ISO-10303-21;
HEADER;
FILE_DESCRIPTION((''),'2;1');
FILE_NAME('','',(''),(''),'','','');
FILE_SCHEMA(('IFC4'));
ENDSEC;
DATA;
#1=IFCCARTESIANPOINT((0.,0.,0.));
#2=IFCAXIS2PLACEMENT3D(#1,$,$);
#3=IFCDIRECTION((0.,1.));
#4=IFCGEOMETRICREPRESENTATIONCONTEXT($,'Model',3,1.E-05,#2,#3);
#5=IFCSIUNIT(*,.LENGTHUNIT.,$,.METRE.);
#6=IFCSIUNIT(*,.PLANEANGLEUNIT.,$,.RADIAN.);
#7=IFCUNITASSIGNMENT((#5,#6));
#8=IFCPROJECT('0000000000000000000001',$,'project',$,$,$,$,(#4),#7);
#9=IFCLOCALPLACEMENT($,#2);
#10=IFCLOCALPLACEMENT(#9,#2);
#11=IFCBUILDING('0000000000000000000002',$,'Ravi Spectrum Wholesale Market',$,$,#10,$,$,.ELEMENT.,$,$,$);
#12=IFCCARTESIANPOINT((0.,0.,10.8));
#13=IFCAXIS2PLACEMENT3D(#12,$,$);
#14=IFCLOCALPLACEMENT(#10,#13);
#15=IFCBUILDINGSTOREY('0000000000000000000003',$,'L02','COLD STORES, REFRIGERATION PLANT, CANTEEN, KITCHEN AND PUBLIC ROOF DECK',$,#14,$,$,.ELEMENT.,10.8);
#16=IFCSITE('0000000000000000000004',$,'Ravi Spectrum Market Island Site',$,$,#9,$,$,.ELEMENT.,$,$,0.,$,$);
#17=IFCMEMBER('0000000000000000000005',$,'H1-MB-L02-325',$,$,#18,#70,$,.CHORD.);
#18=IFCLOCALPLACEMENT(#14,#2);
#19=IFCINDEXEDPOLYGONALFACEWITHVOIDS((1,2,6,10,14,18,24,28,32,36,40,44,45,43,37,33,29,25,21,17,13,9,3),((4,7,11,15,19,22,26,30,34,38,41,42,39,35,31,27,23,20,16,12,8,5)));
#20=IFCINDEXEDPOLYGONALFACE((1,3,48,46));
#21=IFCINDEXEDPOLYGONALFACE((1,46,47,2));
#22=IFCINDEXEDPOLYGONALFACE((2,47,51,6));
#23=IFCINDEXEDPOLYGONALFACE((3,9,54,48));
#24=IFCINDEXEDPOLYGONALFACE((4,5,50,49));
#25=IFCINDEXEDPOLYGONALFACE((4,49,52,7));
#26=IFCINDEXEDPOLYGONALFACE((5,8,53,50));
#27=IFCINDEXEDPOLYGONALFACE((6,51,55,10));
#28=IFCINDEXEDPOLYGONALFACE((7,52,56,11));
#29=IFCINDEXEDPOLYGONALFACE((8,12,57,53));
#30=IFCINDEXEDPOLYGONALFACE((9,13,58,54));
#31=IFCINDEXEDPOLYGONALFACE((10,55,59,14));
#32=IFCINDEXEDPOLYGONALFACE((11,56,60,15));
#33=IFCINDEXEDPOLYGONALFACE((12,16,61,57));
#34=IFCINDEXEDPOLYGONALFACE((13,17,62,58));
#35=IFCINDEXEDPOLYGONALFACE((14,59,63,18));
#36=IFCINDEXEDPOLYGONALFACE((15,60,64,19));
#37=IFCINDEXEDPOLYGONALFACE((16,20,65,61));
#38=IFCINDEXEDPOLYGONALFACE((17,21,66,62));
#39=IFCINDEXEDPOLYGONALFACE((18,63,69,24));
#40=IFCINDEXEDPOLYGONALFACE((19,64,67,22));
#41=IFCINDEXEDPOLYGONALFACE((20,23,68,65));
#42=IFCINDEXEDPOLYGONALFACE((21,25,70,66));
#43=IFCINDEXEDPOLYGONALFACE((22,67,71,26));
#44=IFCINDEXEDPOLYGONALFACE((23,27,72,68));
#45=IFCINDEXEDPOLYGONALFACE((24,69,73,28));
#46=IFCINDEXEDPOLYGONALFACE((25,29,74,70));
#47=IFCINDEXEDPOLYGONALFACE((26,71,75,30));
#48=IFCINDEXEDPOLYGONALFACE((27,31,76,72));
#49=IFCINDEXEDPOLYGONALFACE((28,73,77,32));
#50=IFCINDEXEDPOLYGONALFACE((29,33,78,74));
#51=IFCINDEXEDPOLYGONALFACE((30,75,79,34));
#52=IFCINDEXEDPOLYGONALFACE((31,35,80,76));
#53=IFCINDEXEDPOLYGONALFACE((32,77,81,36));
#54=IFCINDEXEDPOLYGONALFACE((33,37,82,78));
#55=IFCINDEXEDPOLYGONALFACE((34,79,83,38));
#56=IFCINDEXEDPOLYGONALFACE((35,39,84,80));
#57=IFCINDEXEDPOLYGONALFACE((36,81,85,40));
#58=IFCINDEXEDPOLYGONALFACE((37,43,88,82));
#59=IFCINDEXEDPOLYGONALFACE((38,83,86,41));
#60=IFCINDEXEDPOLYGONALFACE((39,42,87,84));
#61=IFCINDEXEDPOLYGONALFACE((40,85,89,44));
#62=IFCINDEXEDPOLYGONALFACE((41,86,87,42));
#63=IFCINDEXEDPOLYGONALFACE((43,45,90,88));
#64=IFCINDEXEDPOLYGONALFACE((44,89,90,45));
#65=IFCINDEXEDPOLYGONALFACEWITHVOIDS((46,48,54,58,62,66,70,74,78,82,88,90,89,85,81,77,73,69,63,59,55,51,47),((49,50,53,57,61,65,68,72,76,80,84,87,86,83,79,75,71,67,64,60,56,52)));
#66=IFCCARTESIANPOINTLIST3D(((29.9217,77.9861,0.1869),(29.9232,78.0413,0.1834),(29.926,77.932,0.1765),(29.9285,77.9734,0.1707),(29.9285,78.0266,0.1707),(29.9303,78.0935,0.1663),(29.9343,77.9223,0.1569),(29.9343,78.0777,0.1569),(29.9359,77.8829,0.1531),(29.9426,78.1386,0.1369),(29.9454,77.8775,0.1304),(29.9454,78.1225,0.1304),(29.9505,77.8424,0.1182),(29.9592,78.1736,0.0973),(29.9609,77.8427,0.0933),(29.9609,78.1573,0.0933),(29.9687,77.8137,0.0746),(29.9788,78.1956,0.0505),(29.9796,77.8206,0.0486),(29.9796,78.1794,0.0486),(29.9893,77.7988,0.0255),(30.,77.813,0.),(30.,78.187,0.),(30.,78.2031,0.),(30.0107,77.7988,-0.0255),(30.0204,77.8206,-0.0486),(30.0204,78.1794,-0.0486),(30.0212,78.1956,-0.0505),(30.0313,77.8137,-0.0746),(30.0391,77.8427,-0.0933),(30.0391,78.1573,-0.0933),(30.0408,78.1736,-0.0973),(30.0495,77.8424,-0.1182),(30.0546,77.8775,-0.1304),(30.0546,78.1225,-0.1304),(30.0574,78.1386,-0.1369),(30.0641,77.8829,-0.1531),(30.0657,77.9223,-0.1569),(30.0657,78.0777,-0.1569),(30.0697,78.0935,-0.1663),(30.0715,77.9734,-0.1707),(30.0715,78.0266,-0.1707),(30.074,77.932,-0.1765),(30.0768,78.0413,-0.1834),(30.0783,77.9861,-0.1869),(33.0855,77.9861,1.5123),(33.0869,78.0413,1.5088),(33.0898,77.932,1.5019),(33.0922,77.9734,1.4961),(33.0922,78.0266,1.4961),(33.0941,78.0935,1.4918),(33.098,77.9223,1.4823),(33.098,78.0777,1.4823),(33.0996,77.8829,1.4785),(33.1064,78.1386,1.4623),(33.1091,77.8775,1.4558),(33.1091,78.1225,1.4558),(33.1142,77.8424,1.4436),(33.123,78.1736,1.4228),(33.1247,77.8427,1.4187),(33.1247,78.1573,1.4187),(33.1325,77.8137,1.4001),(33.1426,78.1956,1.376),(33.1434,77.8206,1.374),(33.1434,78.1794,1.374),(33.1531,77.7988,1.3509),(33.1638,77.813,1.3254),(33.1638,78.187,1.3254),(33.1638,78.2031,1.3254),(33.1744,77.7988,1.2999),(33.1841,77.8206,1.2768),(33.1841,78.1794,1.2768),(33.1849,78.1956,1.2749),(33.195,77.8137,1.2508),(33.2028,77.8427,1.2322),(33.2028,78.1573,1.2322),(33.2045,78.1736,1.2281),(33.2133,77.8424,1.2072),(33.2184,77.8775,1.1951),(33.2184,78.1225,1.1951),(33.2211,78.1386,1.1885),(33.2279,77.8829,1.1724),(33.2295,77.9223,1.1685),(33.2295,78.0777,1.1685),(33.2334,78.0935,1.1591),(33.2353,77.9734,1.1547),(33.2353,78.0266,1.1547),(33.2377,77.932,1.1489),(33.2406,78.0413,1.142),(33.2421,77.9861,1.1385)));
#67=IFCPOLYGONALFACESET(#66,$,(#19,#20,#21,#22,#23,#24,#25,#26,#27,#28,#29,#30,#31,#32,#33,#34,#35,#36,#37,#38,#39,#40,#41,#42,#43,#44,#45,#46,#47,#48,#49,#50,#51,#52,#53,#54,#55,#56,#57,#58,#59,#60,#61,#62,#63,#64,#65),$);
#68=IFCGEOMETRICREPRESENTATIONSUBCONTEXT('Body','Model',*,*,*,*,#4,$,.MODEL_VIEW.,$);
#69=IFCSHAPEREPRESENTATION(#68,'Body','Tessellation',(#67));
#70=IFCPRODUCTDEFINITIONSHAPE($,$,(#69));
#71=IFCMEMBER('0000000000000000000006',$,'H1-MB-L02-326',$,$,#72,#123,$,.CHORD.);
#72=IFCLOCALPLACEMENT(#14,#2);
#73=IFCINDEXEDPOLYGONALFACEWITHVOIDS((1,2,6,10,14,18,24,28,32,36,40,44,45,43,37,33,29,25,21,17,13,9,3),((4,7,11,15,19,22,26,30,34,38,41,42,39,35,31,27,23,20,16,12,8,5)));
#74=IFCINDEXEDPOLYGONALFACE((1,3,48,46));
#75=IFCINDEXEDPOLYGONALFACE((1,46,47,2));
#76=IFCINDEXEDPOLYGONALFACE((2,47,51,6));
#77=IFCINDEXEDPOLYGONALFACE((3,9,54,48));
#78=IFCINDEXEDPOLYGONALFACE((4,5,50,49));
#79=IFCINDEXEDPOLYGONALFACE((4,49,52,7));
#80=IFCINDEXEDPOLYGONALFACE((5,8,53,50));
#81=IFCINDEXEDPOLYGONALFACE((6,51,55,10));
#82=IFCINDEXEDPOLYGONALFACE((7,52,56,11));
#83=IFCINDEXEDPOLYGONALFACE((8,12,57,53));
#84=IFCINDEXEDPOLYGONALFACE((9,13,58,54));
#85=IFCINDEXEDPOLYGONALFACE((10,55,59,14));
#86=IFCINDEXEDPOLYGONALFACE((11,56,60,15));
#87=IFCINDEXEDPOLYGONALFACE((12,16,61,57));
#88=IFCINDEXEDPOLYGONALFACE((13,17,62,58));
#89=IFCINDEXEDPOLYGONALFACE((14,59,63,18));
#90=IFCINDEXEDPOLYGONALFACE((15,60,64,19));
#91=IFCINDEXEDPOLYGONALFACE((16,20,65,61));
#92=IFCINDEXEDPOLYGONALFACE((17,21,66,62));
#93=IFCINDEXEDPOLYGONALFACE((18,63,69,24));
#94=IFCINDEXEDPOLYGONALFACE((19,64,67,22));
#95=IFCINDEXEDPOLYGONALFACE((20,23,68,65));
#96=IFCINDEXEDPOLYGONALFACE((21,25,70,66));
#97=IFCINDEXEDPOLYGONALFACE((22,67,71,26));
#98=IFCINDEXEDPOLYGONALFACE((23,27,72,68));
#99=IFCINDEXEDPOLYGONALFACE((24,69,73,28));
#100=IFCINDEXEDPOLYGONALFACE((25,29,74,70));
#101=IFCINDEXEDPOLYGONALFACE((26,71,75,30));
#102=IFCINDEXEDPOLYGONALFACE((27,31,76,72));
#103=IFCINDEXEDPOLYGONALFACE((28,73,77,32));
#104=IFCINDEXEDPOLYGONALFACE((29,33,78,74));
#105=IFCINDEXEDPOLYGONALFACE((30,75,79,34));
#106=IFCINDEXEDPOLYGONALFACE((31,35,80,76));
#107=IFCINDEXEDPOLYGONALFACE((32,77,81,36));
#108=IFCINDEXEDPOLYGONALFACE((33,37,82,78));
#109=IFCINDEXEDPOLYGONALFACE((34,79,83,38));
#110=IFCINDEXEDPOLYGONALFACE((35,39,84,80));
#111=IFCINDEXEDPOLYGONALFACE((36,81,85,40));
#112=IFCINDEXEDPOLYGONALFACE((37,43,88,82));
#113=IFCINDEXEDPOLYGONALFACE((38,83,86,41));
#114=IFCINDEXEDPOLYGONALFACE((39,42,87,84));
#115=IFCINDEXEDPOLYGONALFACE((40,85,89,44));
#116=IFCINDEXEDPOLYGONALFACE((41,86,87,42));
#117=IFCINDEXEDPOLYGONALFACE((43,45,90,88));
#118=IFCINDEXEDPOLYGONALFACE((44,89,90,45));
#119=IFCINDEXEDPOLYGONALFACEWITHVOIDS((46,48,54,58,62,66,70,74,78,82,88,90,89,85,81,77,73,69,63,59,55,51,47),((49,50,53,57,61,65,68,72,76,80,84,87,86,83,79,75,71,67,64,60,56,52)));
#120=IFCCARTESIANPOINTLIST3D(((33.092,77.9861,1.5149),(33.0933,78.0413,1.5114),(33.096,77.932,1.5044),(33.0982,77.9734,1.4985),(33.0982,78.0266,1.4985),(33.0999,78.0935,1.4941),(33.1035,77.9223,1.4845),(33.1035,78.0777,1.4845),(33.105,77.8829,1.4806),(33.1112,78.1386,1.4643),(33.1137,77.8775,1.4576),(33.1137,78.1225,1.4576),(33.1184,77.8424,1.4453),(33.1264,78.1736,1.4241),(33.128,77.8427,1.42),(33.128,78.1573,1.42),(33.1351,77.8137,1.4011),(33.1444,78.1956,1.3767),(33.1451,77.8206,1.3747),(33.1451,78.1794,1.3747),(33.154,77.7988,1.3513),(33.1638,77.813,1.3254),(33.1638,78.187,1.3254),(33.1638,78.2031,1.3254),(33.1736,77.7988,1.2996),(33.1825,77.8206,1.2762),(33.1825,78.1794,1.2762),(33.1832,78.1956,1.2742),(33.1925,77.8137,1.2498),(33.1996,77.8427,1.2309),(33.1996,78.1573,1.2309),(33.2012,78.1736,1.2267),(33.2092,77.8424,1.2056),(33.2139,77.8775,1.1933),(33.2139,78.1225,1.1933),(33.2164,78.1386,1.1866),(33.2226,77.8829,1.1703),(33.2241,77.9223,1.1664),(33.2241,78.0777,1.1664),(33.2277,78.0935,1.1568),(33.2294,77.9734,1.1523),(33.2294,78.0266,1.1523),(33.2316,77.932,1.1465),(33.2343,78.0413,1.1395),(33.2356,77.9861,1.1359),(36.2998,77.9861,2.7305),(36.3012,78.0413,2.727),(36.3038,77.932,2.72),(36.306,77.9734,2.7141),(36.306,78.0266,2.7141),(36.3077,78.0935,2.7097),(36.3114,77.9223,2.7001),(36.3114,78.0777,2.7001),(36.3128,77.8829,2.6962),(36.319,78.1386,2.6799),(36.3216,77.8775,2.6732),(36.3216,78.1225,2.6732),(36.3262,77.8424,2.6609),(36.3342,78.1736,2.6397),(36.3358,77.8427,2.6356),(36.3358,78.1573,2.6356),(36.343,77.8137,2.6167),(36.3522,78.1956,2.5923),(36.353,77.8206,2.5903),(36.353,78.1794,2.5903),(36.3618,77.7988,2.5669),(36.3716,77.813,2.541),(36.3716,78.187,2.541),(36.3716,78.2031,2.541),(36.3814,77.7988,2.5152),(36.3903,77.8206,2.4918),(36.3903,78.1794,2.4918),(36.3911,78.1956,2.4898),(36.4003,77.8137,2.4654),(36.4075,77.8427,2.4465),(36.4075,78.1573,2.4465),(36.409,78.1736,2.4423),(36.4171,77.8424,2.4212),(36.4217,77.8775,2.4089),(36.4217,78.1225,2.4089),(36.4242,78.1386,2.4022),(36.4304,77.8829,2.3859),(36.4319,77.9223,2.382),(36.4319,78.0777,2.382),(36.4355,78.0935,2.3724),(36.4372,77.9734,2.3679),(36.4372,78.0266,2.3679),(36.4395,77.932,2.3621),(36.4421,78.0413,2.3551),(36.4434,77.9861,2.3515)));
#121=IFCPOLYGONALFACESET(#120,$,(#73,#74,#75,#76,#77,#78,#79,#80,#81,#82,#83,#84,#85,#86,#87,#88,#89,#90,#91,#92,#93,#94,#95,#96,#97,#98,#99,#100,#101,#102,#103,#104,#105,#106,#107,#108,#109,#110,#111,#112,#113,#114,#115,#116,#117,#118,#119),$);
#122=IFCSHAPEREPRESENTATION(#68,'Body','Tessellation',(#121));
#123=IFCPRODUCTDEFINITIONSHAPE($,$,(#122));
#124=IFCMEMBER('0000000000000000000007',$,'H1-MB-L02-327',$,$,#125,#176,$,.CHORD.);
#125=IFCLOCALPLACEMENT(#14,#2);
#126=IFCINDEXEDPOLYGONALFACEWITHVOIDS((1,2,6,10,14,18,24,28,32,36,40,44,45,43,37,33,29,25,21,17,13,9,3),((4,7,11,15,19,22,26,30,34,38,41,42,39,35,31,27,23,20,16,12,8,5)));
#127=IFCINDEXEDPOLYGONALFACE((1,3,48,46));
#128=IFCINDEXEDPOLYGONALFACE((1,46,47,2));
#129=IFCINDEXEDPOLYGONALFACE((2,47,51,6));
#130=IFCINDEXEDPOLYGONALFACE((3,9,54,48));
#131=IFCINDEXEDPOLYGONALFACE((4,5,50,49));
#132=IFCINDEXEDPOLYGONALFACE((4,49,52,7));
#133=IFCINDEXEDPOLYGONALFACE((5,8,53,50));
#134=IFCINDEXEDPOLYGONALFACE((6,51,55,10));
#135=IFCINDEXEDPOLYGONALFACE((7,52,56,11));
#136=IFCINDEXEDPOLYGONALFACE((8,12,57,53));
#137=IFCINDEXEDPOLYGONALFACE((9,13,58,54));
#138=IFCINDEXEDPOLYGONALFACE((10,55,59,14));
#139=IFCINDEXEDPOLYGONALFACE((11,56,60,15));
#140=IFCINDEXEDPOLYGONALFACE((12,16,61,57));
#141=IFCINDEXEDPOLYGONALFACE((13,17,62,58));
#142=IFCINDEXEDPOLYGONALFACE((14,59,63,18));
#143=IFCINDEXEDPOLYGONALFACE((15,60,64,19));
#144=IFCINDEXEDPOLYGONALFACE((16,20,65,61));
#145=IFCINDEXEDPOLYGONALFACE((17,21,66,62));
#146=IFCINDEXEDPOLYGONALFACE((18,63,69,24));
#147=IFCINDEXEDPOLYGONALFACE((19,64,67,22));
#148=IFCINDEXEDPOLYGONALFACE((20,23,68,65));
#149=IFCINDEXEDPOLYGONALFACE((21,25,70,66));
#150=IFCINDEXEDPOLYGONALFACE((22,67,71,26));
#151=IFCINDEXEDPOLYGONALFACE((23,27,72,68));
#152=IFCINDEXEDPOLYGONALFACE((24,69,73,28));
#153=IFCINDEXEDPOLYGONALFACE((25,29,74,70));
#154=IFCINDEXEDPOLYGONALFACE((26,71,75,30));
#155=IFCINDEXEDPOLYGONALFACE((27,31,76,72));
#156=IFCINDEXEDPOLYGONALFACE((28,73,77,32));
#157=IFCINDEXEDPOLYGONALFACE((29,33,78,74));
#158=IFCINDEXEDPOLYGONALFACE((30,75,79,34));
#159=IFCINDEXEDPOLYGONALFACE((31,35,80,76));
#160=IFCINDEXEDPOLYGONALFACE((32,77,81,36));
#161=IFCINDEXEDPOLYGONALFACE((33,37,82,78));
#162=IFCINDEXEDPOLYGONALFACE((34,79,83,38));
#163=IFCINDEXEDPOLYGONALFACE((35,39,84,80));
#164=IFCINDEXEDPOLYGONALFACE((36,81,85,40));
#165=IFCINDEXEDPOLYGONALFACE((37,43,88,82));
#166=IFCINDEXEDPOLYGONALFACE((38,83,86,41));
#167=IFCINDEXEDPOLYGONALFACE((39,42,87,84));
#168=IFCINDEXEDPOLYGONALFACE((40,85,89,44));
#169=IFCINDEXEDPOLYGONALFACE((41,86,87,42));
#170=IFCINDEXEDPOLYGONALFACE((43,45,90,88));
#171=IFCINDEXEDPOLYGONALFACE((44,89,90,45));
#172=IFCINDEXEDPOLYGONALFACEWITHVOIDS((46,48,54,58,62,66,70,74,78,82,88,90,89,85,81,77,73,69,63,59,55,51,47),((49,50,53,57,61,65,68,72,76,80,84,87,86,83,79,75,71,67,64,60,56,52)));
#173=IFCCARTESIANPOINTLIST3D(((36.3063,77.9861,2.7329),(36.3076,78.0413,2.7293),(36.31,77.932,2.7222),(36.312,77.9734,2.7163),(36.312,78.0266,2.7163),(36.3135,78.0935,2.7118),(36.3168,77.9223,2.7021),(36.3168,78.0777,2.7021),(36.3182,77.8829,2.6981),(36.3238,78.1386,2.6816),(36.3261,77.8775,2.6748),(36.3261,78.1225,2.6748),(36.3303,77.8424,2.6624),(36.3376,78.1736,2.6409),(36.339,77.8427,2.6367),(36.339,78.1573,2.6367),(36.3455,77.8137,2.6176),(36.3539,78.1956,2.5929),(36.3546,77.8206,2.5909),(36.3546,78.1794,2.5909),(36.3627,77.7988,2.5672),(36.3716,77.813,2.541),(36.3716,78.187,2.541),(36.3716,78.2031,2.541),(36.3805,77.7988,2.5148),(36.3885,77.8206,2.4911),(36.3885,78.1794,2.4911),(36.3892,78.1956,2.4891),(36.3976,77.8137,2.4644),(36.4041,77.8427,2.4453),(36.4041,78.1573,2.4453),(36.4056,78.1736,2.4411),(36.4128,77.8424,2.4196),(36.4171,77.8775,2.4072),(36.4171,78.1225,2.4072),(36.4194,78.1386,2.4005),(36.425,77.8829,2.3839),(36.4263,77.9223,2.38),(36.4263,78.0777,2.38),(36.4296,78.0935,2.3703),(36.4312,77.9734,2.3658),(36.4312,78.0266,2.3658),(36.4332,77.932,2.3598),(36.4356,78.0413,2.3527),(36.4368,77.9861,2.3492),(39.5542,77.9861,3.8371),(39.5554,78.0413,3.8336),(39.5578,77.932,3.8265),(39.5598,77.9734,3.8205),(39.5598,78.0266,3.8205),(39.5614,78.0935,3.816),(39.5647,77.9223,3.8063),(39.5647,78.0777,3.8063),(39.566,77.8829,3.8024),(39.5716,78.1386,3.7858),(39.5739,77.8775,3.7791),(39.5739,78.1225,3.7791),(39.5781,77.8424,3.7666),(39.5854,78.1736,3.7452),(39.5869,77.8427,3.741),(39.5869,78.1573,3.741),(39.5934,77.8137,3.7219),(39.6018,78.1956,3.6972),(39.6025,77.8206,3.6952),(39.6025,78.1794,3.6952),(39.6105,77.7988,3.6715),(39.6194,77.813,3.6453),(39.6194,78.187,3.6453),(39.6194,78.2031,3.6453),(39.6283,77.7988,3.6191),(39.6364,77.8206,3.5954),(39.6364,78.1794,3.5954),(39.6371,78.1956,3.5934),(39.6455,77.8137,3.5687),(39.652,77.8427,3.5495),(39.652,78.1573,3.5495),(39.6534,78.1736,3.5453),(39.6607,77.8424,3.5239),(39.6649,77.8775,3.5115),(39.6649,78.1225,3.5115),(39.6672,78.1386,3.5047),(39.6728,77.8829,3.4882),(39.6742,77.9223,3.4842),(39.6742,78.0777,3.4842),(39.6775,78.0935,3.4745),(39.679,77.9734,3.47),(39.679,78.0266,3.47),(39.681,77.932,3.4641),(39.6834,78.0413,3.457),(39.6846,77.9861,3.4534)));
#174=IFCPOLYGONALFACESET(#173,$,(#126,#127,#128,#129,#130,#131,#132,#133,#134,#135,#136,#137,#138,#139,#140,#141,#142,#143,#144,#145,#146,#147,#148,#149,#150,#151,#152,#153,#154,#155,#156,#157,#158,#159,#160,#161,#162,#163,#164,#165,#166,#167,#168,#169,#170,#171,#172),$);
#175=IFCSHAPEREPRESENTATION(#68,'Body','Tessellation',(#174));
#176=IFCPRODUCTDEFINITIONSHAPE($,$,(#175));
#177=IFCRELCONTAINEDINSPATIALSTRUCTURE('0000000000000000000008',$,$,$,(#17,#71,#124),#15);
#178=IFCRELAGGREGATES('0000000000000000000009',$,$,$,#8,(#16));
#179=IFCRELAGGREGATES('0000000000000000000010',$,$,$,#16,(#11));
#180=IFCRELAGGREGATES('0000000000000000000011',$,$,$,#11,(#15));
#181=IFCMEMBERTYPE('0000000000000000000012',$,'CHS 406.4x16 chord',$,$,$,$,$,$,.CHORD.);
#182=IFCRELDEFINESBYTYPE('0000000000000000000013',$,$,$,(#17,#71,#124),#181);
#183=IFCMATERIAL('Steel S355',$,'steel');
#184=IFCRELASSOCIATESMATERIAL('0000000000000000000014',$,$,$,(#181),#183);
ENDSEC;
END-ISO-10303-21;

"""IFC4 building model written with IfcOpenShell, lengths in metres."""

from ifc_helpers import new_model, si_unit, direction, frame, origin, origin_2d, place, context, subcontext, project, spatial, hollow_circle, extrude, material, material_profile, profile_set, type_object, element, save


model = new_model("IFC4")

# Units and contexts
model_context = context("Model", 3, precision=1e-05, world=origin(), true_north=direction((0.0, 1.0)))
body_context = subcontext(model_context, "Body", "Model", "MODEL_VIEW")
ifc_project = project(units=[si_unit("LENGTHUNIT", "METRE"), si_unit("PLANEANGLEUNIT", "RADIAN")], contexts=[model_context])

# Site, building, storey
site_placement = place(None, origin())
site = spatial("IfcSite", under=ifc_project, at=site_placement, Name="Ravi Spectrum Market Island Site", CompositionType="ELEMENT", RefElevation=0.0)
building_placement = place(site_placement, origin())
building = spatial("IfcBuilding", under=site, at=building_placement, Name="Ravi Spectrum Wholesale Market", CompositionType="ELEMENT")
storey_placement = place(building_placement, frame((0.0, 0.0, 10.8)))
storey = spatial("IfcBuildingStorey", under=building, at=storey_placement, Name="L02", Description="COLD STORES, REFRIGERATION PLANT, CANTEEN, KITCHEN AND PUBLIC ROOF DECK", CompositionType="ELEMENT", Elevation=10.8)

# Members
ifc_material_1 = material(Name="Steel S355", Category="steel")
ifc_material_profile_1 = material_profile(ifc_material_1, hollow_circle(Radius=0.2031, WallThickness=0.0161, at=origin_2d()))
ifc_profile_set_1 = profile_set([ifc_material_profile_1], Name="Steel S355")
member_type_1 = type_object("IfcMemberType", Name="CHS 406.4x16 chord", PredefinedType="CHORD", material=ifc_profile_set_1)
member_1_placement = place(storey_placement, frame((30.0, 78.0, 0.0), z_axis=(0.922332, 0.0, 0.386399), x_axis=(0.0, 1.0, 0.0)))
element("IfcMember", 1, at=member_1_placement, inside=storey, type_object=member_type_1, Name="H1-MB-L02-325", PredefinedType="CHORD", context=body_context, shape_type="SweptSolid", body=[
    extrude(hollow_circle(Radius=0.2031, WallThickness=0.0161, at=origin_2d()), origin(), (0.0, 0.0, 1.0), 3.4302),
])
for number, where, z_axis, x_axis, name in (
    (2, (33.1638, 78.0, 1.3254), (0.93511, 0.0, 0.354358), (0.0, 1.0, 0.0), "H1-MB-L02-326"),
    (3, (36.3716, 78.0, 2.541), (0.946773, 0.0, 0.321901), (0.0, 1.0, 0.0), "H1-MB-L02-327"),
):
    element("IfcMember", number, at=place(storey_placement, frame(where, z_axis=z_axis, x_axis=x_axis)), inside=storey, type_object=member_type_1, Name=name, PredefinedType="CHORD", context=body_context, shape_type="SweptSolid", body=[
        extrude(hollow_circle(Radius=0.2031, WallThickness=0.0161, at=origin_2d()), origin(), (0.0, 0.0, 1.0), 3.4304),
    ])

save(model, "model.ifc")
